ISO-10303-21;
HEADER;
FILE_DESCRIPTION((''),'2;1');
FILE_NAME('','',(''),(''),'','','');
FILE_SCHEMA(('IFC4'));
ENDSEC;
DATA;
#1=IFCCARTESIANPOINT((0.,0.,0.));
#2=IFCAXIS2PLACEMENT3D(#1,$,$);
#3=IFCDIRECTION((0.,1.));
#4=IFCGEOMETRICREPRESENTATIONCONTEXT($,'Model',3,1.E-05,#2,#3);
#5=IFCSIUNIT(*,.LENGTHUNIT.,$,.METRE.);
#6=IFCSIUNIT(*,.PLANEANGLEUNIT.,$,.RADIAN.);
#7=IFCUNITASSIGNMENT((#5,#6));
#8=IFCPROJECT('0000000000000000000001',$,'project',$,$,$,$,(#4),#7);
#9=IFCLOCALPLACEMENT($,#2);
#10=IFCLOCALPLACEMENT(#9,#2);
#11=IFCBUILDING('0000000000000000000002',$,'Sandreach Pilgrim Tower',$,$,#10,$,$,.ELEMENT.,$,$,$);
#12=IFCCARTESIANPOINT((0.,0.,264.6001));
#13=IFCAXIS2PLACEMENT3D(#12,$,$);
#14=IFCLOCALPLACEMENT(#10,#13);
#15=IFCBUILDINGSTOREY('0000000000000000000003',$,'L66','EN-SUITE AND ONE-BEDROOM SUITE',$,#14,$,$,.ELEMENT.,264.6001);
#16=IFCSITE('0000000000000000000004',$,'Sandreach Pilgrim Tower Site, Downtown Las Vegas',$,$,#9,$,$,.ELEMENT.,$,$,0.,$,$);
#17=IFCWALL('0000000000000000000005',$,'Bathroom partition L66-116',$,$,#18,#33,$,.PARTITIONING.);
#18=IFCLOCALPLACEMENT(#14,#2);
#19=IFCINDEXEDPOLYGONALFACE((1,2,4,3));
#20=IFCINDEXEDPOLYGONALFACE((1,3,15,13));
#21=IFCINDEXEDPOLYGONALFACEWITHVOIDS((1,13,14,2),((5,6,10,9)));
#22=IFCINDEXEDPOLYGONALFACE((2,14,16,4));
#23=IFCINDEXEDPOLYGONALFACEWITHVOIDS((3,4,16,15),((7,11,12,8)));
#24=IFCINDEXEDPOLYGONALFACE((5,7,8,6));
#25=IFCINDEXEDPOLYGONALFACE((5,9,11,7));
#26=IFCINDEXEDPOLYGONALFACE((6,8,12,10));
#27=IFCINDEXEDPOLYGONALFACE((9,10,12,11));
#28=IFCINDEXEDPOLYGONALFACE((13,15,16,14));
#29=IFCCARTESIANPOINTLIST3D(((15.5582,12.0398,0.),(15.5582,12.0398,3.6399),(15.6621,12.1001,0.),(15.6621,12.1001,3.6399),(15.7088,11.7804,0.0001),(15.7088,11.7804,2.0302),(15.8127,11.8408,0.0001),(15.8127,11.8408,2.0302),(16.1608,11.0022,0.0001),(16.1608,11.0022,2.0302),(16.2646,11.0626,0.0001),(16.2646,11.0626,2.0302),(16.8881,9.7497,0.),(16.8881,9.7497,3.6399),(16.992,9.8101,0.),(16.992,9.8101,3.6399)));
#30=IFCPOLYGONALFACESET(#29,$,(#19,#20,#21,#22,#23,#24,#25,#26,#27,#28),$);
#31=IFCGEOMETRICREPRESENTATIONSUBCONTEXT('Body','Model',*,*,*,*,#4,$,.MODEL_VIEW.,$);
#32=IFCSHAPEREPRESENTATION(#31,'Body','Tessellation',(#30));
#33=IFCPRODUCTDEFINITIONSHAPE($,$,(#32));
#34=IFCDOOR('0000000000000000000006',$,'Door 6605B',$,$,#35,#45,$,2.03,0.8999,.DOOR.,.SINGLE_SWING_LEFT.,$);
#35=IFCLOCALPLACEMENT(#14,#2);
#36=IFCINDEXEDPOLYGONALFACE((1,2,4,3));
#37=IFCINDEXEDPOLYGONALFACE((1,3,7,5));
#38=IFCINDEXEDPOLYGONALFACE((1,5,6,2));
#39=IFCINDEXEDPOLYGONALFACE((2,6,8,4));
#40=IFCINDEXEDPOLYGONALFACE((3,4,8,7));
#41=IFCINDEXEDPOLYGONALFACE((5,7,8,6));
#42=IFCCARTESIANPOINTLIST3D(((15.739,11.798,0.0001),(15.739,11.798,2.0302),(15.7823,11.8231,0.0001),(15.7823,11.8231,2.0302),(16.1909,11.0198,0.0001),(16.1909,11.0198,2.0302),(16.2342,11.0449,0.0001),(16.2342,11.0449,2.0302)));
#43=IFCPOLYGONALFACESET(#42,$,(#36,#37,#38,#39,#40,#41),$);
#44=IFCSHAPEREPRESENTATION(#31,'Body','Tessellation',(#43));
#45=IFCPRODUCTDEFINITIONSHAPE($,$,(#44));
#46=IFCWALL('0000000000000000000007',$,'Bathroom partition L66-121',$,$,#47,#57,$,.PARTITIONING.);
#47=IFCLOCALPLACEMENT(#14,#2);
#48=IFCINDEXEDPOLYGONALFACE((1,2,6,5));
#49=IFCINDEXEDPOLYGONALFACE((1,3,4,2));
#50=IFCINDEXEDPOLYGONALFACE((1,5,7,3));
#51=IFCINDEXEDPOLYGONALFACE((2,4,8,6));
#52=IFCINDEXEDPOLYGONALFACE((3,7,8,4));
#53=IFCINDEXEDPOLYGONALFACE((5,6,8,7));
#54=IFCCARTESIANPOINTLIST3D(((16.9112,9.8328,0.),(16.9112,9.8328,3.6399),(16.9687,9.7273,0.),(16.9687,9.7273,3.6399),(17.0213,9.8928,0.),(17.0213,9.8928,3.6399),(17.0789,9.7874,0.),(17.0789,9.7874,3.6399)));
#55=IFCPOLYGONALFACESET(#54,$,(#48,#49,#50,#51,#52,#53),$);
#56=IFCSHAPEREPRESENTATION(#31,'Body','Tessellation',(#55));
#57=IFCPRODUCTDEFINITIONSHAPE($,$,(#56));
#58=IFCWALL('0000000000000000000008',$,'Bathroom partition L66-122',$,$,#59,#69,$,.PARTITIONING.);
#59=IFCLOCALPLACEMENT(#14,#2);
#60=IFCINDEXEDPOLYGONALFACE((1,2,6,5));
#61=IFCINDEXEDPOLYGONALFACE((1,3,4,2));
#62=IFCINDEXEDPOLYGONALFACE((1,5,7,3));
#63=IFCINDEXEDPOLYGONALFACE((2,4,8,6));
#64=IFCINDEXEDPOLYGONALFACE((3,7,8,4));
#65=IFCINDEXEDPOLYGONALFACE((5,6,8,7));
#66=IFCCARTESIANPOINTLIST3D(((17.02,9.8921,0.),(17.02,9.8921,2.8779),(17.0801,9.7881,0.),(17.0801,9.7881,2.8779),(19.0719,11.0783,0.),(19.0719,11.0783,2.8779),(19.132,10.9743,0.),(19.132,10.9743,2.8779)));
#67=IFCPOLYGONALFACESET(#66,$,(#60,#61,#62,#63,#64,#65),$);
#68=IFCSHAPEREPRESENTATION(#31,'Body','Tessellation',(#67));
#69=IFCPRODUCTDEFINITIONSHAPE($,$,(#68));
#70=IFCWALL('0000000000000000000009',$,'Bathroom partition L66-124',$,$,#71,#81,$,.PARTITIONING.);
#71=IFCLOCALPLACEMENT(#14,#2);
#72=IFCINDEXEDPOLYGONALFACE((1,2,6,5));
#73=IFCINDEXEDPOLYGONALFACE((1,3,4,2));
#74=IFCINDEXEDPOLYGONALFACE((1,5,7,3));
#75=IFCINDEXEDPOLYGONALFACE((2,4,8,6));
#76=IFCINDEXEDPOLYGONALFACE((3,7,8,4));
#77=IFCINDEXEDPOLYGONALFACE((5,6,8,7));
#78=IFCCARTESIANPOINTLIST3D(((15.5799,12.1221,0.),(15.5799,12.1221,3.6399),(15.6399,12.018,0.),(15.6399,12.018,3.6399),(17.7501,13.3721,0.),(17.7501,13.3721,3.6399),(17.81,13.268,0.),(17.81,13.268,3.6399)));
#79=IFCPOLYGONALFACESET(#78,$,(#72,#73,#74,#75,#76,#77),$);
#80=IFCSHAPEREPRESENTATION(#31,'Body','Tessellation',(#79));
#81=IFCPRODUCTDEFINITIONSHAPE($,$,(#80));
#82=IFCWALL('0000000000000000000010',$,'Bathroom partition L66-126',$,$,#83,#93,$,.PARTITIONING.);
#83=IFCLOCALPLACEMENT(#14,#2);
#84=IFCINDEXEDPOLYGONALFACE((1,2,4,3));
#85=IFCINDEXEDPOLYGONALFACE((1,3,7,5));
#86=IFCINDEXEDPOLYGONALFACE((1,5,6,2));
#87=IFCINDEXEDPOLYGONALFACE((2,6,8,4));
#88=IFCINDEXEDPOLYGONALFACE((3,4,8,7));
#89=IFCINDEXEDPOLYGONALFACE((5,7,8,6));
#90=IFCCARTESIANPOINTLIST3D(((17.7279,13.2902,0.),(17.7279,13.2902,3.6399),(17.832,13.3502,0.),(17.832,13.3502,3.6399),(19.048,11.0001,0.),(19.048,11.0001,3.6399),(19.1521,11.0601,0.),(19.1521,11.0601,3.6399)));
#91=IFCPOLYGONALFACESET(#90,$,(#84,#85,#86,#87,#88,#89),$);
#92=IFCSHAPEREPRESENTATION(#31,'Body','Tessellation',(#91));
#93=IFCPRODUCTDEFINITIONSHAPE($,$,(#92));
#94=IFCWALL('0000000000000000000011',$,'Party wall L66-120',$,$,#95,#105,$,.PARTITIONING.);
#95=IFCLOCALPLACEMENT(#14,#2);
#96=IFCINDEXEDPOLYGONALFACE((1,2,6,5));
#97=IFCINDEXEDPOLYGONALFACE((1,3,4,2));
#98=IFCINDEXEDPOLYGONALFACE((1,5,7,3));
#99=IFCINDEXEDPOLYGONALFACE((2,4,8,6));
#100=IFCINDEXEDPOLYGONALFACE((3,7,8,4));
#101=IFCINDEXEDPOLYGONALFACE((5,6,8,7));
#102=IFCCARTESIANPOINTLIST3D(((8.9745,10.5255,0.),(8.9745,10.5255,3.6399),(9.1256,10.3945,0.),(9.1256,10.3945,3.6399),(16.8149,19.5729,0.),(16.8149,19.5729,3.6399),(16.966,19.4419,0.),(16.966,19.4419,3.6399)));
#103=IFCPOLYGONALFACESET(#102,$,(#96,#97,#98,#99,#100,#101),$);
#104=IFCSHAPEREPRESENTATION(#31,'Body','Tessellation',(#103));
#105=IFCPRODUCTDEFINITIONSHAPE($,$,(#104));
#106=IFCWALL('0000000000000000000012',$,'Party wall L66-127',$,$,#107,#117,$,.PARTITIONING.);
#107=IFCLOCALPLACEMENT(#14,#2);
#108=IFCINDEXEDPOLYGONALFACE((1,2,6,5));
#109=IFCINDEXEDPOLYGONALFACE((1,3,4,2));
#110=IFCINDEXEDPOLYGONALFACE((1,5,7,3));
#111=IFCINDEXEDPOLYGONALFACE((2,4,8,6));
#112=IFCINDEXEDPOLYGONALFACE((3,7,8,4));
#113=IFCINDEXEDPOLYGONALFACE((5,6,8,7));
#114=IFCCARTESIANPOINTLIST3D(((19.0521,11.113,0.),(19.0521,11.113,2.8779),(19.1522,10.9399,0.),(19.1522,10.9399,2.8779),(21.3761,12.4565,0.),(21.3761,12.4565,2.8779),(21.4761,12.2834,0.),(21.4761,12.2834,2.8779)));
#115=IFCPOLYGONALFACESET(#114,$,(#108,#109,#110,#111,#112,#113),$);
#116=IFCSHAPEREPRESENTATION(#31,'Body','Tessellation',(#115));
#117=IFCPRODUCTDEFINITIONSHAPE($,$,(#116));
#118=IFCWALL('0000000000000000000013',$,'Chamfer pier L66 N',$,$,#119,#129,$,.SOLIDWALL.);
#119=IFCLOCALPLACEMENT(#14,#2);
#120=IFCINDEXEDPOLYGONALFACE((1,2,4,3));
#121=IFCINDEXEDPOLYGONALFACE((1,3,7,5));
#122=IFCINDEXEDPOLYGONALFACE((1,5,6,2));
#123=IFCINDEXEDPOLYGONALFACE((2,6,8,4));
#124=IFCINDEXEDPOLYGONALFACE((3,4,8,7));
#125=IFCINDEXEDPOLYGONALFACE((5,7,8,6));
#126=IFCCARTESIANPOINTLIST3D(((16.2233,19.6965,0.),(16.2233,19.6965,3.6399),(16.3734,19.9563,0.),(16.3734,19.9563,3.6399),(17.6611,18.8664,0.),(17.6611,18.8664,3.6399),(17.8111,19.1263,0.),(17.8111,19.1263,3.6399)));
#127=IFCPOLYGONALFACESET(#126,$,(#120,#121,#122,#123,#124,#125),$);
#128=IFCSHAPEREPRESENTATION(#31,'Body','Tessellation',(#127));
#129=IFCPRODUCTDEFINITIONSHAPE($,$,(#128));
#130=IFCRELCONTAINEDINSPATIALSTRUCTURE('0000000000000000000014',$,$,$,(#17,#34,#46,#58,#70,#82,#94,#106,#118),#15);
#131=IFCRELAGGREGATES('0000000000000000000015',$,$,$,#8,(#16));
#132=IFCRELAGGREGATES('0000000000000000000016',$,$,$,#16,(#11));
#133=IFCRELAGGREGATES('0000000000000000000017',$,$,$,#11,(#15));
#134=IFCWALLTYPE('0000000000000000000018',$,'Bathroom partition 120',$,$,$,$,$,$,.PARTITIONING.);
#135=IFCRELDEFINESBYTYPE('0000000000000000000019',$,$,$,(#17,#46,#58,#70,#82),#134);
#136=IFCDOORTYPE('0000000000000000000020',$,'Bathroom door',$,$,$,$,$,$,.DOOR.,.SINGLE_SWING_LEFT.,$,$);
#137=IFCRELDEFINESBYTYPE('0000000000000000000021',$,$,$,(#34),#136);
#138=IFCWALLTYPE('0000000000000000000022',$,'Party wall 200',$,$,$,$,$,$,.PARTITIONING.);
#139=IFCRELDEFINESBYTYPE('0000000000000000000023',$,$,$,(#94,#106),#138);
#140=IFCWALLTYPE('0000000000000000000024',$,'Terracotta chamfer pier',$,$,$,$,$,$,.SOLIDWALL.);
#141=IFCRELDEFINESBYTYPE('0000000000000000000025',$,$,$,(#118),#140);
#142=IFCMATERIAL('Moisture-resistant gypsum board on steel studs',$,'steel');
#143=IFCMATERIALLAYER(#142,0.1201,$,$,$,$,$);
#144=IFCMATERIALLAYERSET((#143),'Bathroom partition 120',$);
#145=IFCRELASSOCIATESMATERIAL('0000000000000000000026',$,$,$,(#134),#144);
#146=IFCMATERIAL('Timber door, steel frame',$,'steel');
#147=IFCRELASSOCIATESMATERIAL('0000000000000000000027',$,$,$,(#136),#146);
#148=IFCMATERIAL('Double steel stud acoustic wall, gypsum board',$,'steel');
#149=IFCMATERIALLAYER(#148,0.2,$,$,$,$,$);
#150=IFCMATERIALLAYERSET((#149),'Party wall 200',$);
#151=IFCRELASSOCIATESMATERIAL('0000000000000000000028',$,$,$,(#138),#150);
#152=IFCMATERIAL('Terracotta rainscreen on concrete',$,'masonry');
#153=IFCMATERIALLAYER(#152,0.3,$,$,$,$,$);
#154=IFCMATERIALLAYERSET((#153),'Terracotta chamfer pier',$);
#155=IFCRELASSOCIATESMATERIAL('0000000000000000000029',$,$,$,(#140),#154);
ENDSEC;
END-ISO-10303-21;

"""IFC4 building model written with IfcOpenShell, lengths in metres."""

from ifc_helpers import new_model, si_unit, direction, frame, frame_2d, origin, place, context, subcontext, project, spatial, rectangle, extrude, material, layer, layer_set, type_object, element, fill, save


model = new_model("IFC4")

# Units and contexts
model_context = context("Model", 3, precision=1e-05, world=origin(), true_north=direction((0.0, 1.0)))
body_context = subcontext(model_context, "Body", "Model", "MODEL_VIEW")
ifc_project = project(units=[si_unit("LENGTHUNIT", "METRE"), si_unit("PLANEANGLEUNIT", "RADIAN")], contexts=[model_context])

# Site, building, storey
site_placement = place(None, origin())
site = spatial("IfcSite", under=ifc_project, at=site_placement, Name="Sandreach Pilgrim Tower Site, Downtown Las Vegas", CompositionType="ELEMENT", RefElevation=0.0)
building_placement = place(site_placement, origin())
building = spatial("IfcBuilding", under=site, at=building_placement, Name="Sandreach Pilgrim Tower", CompositionType="ELEMENT")
storey_placement = place(building_placement, frame((0.0, 0.0, 264.6001)))
storey = spatial("IfcBuildingStorey", under=building, at=storey_placement, Name="L66", Description="EN-SUITE AND ONE-BEDROOM SUITE", CompositionType="ELEMENT", Elevation=264.6001)

# Wall, opening, door
ifc_material_1 = material(Name="Moisture-resistant gypsum board on steel studs", Category="steel")
ifc_layer_1 = layer(ifc_material_1, 0.1201)
ifc_layer_set_1 = layer_set([ifc_layer_1], Name="Bathroom partition 120")
wall_type_1 = type_object("IfcWallType", Name="Bathroom partition 120", PredefinedType="PARTITIONING", material=ifc_layer_set_1)
wall_1_placement = place(storey_placement, frame((15.6101, 12.0701, 0.0), z_axis=(0.0, 0.0, 1.0), x_axis=(0.502173, -0.864767, 0.0)))
wall_1 = element("IfcWall", 1, at=wall_1_placement, inside=storey, type_object=wall_type_1, Name="Bathroom partition L66-116", PredefinedType="PARTITIONING", context=body_context, shape_type="SweptSolid", body=[
    extrude(rectangle(XDim=2.6482, YDim=0.1201, at=frame_2d((1.3242, 0.0))), origin(), (0.0, 0.0, 1.0), 3.6399),
])
opening_placement = place(wall_1_placement, frame((0.3, 0.0, 0.0)))
opening = element("IfcOpeningElement", 2, at=opening_placement, cuts=wall_1, PredefinedType="OPENING", context=body_context, shape_type="SweptSolid", body=[
    extrude(rectangle(XDim=0.8999, YDim=2.03, at=frame_2d((0.45, 1.0151))), frame((0.0, 0.0601, 0.0), z_axis=(0.0, -1.0, 0.0), x_axis=(1.0, 0.0, 0.0)), (0.0, 0.0, 1.0), 0.1201),
])
ifc_material_2 = material(Name="Timber door, steel frame", Category="steel")
door_type = type_object("IfcDoorType", Name="Bathroom door", OperationType="SINGLE_SWING_LEFT", PredefinedType="DOOR", material=ifc_material_2)
door_placement = place(opening_placement, origin())
door = element("IfcDoor", 3, at=door_placement, inside=storey, type_object=door_type, Name="Door 6605B", OperationType="SINGLE_SWING_LEFT", OverallHeight=2.03, OverallWidth=0.8999, PredefinedType="DOOR", context=body_context, shape_type="SweptSolid", body=[
    extrude(rectangle(XDim=0.8999, YDim=2.03, at=frame_2d((0.45, 1.0151))), frame((0.0, 0.0249, 0.0), z_axis=(0.0, -1.0, 0.0), x_axis=(1.0, 0.0, 0.0)), (0.0, 0.0, 1.0), 0.05),
])
fill(opening, door)

# Walls
wall_2_placement = place(storey_placement, frame((16.9399, 9.78, 0.0), z_axis=(0.0, 0.0, 1.0), x_axis=(0.877896, 0.478852, 0.0)))
element("IfcWall", 4, at=wall_2_placement, inside=storey, type_object=wall_type_1, Name="Bathroom partition L66-121", PredefinedType="PARTITIONING", context=body_context, shape_type="SweptSolid", body=[
    extrude(rectangle(XDim=0.1255, YDim=0.1201, at=frame_2d((0.0627, 0.0))), origin(), (0.0, 0.0, 1.0), 3.6399),
])
wall_3_placement = place(storey_placement, frame((17.05, 9.8401, 0.0), z_axis=(0.0, 0.0, 1.0), x_axis=(0.865741, 0.500492, 0.0)))
element("IfcWall", 5, at=wall_3_placement, inside=storey, type_object=wall_type_1, Name="Bathroom partition L66-122", PredefinedType="PARTITIONING", context=body_context, shape_type="SweptSolid", body=[
    extrude(rectangle(XDim=2.3701, YDim=0.1201, at=frame_2d((1.1851, 0.0))), origin(), (0.0, 0.0, 1.0), 2.8779),
])
wall_4_placement = place(storey_placement, frame((17.78, 13.3201, 0.0), z_axis=(0.0, 0.0, 1.0), x_axis=(-0.866534, -0.499118, 0.0)))
element("IfcWall", 6, at=wall_4_placement, inside=storey, type_object=wall_type_1, Name="Bathroom partition L66-124", PredefinedType="PARTITIONING", context=body_context, shape_type="SweptSolid", body=[
    extrude(rectangle(XDim=2.5044, YDim=0.1201, at=frame_2d((1.2522, 0.0))), origin(), (0.0, 0.0, 1.0), 3.6399),
])
wall_5_placement = place(storey_placement, frame((19.1001, 11.03, 0.0), z_axis=(0.0, 0.0, 1.0), x_axis=(-0.499408, 0.866367, 0.0)))
element("IfcWall", 7, at=wall_5_placement, inside=storey, type_object=wall_type_1, Name="Bathroom partition L66-126", PredefinedType="PARTITIONING", context=body_context, shape_type="SweptSolid", body=[
    extrude(rectangle(XDim=2.6433, YDim=0.1201, at=frame_2d((1.3218, 0.0))), origin(), (0.0, 0.0, 1.0), 3.6399),
])
ifc_material_3 = material(Name="Double steel stud acoustic wall, gypsum board", Category="steel")
ifc_layer_2 = layer(ifc_material_3, 0.2)
ifc_layer_set_2 = layer_set([ifc_layer_2], Name="Party wall 200")
wall_type_2 = type_object("IfcWallType", Name="Party wall 200", PredefinedType="PARTITIONING", material=ifc_layer_set_2)
wall_6_placement = place(storey_placement, frame((16.8904, 19.5073, 0.0), z_axis=(0.0, 0.0, 1.0), x_axis=(-0.654896, -0.755719, 0.0)))
element("IfcWall", 8, at=wall_6_placement, inside=storey, type_object=wall_type_2, Name="Party wall L66-120", PredefinedType="PARTITIONING", context=body_context, shape_type="SweptSolid", body=[
    extrude(rectangle(XDim=11.9719, YDim=0.2, at=frame_2d((5.9858, 0.0))), origin(), (0.0, 0.0, 1.0), 3.6399),
])
wall_7_placement = place(storey_placement, frame((19.1021, 11.0264, 0.0), z_axis=(0.0, 0.0, 1.0), x_axis=(0.865742, 0.500491, 0.0)))
element("IfcWall", 9, at=wall_7_placement, inside=storey, type_object=wall_type_2, Name="Party wall L66-127", PredefinedType="PARTITIONING", context=body_context, shape_type="SweptSolid", body=[
    extrude(rectangle(XDim=2.6843, YDim=0.2, at=frame_2d((1.3423, 0.0))), origin(), (0.0, 0.0, 1.0), 2.8779),
])
ifc_material_4 = material(Name="Terracotta rainscreen on concrete", Category="masonry")
ifc_layer_3 = layer(ifc_material_4, 0.3)
ifc_layer_set_3 = layer_set([ifc_layer_3], Name="Terracotta chamfer pier")
wall_type_3 = type_object("IfcWallType", Name="Terracotta chamfer pier", PredefinedType="SOLIDWALL", material=ifc_layer_set_3)
wall_8_placement = place(storey_placement, frame((16.2983, 19.8264, 0.0), z_axis=(0.0, 0.0, 1.0), x_axis=(0.866026, -0.499998, 0.0)))
element("IfcWall", 10, at=wall_8_placement, inside=storey, type_object=wall_type_3, Name="Chamfer pier L66 N", PredefinedType="SOLIDWALL", context=body_context, shape_type="SweptSolid", body=[
    extrude(rectangle(XDim=1.6602, YDim=0.3, at=frame_2d((0.8301, 0.0))), origin(), (0.0, 0.0, 1.0), 3.6399),
])

save(model, "model.ifc")
